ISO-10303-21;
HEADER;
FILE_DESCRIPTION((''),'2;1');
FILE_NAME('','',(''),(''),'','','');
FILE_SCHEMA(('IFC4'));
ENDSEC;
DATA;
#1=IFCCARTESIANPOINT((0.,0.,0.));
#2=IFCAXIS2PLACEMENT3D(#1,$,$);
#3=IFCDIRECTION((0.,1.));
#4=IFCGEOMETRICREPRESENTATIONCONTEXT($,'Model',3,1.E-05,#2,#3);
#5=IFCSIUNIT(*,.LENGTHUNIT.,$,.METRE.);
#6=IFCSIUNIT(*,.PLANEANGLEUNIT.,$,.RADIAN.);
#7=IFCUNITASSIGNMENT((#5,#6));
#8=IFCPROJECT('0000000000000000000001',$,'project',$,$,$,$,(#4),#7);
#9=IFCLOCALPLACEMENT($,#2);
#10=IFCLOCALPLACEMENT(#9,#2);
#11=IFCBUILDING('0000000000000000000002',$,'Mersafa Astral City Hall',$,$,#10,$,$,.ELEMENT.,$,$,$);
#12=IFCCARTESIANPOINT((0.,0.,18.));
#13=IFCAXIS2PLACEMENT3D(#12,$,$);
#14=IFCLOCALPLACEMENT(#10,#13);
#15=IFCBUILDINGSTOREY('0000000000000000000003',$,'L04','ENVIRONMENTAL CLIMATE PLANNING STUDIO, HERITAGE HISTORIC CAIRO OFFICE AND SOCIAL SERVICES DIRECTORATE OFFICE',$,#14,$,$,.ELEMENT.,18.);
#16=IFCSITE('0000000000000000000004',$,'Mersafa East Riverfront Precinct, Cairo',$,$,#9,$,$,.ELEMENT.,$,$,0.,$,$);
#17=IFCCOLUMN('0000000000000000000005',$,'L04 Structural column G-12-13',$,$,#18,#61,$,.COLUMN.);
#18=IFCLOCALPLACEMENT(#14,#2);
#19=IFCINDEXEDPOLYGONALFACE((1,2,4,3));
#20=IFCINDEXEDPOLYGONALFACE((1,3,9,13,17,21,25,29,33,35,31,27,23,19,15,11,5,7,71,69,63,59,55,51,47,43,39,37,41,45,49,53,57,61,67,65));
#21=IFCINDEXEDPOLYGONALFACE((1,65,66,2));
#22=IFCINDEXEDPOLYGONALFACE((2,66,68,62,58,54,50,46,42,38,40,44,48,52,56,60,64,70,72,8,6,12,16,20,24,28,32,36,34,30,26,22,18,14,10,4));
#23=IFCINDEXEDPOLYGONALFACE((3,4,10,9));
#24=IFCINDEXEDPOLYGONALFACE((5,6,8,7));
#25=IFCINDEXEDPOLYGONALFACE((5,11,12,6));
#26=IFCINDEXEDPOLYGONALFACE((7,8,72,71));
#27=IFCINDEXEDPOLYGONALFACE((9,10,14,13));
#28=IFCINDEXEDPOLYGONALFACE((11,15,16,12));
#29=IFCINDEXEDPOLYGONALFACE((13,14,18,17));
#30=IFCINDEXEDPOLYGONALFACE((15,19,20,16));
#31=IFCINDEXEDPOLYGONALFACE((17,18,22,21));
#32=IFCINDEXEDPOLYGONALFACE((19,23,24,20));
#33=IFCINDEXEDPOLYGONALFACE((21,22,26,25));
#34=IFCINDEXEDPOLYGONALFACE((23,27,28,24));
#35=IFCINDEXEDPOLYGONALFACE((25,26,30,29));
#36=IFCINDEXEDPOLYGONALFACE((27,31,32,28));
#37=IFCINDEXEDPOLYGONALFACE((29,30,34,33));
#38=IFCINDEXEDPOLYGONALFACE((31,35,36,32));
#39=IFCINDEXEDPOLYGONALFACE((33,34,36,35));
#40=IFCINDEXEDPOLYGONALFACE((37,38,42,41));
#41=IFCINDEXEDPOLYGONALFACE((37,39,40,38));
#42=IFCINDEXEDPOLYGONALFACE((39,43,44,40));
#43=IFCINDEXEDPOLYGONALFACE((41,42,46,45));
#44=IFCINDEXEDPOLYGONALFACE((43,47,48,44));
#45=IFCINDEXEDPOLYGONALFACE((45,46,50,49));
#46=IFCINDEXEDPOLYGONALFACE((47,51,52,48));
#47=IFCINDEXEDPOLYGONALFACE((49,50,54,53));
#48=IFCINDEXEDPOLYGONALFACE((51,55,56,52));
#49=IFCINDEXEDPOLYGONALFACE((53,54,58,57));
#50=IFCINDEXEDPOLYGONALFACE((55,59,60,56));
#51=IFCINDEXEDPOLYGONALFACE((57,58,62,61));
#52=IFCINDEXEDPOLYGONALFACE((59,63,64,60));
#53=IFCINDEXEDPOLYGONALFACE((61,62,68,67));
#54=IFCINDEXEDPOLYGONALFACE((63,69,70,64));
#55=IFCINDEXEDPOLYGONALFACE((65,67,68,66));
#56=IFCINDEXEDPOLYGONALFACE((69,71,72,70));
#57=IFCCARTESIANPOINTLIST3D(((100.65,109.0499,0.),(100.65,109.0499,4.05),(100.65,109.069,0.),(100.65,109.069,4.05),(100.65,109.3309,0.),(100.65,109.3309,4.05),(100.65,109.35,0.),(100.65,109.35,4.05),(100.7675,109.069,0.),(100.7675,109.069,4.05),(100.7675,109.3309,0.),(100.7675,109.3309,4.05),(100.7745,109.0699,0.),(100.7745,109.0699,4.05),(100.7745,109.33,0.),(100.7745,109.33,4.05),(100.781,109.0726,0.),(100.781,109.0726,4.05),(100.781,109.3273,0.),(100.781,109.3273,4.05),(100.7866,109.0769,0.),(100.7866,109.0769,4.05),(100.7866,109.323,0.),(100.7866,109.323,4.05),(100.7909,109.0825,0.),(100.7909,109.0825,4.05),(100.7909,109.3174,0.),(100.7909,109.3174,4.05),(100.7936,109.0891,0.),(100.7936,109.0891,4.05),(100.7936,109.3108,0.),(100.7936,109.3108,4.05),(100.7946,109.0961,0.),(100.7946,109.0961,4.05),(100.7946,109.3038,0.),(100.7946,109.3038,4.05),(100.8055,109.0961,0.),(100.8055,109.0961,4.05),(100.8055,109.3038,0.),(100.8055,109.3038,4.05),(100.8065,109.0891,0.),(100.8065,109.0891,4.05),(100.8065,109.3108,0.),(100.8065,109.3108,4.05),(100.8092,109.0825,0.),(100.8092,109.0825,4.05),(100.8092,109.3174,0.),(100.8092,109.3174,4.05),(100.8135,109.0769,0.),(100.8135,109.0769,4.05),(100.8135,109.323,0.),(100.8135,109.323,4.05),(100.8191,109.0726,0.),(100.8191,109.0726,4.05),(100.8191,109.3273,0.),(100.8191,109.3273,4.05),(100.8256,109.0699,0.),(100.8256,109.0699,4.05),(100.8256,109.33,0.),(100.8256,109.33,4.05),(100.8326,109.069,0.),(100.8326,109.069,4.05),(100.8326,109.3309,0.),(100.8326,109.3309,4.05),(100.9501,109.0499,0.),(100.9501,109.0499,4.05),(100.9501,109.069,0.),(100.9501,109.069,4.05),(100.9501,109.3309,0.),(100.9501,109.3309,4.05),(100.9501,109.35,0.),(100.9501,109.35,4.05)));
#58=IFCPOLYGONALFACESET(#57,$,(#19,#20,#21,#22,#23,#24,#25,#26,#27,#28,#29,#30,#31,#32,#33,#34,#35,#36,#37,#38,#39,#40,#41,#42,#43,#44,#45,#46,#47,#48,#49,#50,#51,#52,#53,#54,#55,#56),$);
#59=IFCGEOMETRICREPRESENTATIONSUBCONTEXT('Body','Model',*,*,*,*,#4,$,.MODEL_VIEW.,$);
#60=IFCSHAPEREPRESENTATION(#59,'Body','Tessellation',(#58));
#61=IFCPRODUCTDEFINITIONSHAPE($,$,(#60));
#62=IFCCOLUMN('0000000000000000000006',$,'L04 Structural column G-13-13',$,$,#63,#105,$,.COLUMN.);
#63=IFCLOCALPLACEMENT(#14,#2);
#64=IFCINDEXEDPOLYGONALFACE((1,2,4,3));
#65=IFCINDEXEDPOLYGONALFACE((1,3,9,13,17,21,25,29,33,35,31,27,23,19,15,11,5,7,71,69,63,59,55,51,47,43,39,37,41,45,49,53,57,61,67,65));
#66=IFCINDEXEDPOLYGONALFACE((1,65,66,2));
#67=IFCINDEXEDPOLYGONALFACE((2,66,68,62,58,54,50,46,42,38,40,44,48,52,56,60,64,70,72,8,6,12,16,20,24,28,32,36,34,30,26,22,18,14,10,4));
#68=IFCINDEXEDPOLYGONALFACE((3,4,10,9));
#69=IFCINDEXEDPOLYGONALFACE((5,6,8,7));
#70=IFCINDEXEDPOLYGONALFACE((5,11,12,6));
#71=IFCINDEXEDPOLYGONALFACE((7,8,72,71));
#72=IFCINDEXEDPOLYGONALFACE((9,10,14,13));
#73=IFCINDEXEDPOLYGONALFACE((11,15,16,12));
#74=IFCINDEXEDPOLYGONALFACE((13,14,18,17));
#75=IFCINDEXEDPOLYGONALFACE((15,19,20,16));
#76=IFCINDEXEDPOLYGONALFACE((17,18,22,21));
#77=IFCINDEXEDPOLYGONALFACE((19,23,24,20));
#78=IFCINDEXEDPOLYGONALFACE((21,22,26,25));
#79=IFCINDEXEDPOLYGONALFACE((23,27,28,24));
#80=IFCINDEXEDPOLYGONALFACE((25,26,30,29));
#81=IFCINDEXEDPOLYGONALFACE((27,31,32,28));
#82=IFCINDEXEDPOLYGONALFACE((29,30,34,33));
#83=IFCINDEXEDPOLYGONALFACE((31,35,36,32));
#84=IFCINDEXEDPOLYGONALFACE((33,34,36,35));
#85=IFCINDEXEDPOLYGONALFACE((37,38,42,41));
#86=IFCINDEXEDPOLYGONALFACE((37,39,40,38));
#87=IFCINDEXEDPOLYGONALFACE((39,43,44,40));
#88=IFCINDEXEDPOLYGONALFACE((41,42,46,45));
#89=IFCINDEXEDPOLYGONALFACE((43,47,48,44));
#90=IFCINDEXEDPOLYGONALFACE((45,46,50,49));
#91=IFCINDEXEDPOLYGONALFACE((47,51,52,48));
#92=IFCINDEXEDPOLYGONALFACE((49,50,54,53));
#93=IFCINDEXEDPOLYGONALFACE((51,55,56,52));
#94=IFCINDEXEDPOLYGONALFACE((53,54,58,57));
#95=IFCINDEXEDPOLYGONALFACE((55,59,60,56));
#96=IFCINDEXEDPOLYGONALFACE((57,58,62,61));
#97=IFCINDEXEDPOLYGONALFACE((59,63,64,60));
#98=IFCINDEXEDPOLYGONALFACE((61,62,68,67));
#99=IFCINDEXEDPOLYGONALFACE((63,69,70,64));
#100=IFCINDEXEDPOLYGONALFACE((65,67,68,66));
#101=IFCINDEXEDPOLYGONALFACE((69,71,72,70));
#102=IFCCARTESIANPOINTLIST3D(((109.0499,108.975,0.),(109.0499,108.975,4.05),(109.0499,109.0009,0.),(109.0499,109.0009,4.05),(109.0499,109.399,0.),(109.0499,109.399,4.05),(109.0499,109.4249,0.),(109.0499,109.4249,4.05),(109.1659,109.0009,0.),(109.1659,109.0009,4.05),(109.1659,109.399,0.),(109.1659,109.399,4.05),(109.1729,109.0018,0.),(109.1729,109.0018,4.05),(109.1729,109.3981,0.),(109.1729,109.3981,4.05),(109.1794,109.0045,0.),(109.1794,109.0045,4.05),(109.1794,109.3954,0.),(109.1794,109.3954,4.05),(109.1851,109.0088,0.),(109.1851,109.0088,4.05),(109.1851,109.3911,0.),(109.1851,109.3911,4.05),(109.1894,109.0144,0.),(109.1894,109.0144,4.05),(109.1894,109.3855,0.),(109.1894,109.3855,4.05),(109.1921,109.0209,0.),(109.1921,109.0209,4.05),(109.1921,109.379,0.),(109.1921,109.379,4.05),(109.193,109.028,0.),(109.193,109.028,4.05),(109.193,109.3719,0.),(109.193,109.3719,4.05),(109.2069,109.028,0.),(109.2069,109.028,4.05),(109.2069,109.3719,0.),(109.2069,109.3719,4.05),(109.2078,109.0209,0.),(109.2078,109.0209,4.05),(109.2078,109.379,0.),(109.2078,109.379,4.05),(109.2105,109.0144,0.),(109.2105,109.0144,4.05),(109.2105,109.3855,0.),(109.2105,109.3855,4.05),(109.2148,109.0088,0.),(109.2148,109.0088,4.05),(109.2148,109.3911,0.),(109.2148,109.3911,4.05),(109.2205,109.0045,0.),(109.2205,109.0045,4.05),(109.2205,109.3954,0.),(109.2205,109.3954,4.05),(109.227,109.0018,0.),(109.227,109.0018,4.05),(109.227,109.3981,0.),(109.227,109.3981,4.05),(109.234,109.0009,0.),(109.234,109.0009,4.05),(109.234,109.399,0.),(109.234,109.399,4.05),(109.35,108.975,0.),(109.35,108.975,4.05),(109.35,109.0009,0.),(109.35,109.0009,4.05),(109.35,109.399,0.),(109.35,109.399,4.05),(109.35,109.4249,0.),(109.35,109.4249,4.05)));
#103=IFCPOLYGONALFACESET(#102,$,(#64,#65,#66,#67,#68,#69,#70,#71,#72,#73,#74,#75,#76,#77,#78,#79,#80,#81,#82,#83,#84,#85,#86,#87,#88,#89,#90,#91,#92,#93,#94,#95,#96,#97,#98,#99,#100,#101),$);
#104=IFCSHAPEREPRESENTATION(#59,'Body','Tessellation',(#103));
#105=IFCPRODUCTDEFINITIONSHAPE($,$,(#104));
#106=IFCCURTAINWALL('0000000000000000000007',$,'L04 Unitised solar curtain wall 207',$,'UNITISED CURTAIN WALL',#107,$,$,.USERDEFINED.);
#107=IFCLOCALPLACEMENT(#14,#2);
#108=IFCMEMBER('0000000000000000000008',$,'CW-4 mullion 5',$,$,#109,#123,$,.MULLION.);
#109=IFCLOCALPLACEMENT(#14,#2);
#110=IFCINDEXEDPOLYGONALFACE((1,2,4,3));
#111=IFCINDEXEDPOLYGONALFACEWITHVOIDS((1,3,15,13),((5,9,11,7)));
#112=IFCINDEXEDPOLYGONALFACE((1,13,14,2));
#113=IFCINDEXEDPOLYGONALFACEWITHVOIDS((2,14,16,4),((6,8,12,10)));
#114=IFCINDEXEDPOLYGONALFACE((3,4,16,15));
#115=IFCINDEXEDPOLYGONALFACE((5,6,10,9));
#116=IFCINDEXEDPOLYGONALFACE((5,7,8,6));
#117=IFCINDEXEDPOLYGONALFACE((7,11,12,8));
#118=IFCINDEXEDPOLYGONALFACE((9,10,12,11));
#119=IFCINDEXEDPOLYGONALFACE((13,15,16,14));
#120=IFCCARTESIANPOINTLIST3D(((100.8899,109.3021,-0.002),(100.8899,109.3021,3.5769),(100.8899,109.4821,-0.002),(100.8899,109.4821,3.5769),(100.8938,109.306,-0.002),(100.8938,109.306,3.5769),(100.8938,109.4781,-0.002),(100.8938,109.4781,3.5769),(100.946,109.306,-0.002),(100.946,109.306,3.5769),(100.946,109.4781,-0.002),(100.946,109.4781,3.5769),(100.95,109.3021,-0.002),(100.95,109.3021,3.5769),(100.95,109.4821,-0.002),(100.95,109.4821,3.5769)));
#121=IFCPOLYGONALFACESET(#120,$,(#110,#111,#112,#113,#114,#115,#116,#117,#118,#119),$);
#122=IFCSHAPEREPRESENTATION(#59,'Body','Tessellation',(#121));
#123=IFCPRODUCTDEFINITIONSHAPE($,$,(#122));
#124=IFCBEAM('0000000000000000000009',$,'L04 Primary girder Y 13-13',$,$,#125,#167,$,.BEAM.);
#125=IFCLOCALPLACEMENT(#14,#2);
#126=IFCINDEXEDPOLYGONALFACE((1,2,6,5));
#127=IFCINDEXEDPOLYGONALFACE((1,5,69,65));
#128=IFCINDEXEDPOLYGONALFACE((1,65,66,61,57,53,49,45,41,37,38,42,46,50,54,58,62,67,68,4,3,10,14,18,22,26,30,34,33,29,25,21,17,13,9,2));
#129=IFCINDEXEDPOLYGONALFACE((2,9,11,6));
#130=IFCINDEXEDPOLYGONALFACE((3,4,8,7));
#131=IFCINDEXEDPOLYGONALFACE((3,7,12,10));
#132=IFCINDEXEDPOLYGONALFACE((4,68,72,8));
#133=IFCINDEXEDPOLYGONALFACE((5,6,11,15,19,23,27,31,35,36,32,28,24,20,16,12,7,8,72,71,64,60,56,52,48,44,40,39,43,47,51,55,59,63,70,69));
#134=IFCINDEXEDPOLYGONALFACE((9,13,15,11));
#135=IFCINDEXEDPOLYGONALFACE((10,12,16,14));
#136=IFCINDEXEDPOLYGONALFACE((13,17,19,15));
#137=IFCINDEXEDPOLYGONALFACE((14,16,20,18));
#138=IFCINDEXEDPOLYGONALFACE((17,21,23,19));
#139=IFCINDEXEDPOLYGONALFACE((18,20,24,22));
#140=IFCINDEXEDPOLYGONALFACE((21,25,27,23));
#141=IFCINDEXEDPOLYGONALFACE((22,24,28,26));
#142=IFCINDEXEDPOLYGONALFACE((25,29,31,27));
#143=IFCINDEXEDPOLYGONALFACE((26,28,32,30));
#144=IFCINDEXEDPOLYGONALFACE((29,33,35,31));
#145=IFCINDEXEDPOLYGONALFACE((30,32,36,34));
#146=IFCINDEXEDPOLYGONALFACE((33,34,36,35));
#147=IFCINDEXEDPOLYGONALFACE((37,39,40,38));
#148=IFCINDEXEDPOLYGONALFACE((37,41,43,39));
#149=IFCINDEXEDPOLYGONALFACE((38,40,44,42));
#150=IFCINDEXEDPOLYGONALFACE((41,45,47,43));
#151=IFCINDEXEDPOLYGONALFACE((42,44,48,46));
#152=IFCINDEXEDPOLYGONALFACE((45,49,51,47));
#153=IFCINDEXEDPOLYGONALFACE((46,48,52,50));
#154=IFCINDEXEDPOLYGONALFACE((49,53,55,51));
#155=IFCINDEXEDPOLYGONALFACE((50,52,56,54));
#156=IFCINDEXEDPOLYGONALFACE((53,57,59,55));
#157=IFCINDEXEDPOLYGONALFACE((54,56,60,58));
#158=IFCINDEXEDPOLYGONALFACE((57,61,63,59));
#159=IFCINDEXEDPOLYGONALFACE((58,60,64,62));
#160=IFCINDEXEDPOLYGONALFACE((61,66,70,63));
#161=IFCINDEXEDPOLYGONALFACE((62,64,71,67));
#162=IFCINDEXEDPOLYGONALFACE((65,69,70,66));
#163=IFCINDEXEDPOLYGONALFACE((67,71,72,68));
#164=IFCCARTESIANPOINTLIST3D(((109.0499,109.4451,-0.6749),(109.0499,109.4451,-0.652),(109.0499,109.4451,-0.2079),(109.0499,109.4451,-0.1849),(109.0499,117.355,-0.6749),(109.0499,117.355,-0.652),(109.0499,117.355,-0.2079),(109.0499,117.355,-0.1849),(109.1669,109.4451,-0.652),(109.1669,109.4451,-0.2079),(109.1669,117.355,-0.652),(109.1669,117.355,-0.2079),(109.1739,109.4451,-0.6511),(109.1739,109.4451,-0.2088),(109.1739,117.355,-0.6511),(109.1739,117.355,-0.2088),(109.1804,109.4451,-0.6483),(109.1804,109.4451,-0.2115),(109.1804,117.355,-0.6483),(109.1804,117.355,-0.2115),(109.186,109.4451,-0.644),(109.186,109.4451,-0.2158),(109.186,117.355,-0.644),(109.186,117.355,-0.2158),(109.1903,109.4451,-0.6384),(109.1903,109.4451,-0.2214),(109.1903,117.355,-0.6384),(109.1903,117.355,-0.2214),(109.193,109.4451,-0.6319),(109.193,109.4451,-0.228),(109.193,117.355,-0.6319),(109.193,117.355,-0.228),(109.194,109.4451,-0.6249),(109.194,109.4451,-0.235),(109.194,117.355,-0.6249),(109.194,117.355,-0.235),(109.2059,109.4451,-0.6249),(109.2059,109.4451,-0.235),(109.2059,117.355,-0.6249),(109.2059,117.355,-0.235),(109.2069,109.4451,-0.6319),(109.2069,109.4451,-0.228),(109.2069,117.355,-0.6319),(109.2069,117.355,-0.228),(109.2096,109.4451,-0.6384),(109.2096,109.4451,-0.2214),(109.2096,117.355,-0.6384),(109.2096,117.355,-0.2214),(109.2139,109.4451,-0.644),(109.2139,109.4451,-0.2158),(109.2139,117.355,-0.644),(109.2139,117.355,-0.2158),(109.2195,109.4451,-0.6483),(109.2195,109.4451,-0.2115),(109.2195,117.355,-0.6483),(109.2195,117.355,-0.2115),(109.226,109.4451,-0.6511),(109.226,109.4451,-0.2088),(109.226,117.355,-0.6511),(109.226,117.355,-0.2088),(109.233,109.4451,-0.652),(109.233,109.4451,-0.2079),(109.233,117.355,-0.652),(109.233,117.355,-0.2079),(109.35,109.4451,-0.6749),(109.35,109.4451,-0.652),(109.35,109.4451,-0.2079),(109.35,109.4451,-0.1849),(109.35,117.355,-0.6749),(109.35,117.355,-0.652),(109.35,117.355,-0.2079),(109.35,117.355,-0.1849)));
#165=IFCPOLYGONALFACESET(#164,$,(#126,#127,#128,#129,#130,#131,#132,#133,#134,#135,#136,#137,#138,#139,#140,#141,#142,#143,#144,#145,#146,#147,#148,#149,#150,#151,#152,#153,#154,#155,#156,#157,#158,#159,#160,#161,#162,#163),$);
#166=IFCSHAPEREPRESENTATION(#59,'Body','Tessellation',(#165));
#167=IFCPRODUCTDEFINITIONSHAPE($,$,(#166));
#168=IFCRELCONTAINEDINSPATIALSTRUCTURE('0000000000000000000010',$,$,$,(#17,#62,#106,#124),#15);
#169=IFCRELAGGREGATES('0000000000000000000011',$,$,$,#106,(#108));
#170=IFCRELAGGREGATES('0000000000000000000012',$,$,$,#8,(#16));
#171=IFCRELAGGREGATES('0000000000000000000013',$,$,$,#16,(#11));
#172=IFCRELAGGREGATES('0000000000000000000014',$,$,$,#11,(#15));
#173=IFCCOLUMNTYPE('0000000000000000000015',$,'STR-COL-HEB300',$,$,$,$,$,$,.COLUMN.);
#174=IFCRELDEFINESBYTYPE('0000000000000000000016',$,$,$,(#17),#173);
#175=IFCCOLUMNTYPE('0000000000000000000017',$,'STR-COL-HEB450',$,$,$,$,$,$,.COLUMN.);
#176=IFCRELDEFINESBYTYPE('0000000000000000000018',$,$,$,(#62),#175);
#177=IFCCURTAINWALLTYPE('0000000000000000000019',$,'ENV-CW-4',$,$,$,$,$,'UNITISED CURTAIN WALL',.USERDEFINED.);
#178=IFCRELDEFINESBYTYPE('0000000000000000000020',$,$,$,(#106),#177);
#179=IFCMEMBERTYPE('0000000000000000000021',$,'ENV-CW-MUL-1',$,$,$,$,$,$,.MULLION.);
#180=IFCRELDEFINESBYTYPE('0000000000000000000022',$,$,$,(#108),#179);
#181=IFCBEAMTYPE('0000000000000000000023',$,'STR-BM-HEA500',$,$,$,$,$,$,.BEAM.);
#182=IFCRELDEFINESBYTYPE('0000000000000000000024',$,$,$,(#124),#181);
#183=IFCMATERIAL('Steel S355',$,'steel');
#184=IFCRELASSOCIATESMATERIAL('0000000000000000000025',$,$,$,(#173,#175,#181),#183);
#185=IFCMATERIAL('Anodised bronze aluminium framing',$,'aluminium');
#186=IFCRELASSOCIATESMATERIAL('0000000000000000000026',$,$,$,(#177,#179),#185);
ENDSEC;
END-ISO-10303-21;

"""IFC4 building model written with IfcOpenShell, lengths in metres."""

from ifc_helpers import new_model, si_unit, direction, frame, origin, origin_2d, place, context, subcontext, project, spatial, hollow_rectangle, i_section, extrude, material, material_profile, profile_set, type_object, element, aggregate, save


model = new_model("IFC4")

# Units and contexts
model_context = context("Model", 3, precision=1e-05, world=origin(), true_north=direction((0.0, 1.0)))
body_context = subcontext(model_context, "Body", "Model", "MODEL_VIEW")
ifc_project = project(units=[si_unit("LENGTHUNIT", "METRE"), si_unit("PLANEANGLEUNIT", "RADIAN")], contexts=[model_context])

# Site, building, storey
site_placement = place(None, origin())
site = spatial("IfcSite", under=ifc_project, at=site_placement, Name="Mersafa East Riverfront Precinct, Cairo", CompositionType="ELEMENT", RefElevation=0.0)
building_placement = place(site_placement, origin())
building = spatial("IfcBuilding", under=site, at=building_placement, Name="Mersafa Astral City Hall", CompositionType="ELEMENT")
storey_placement = place(building_placement, frame((0.0, 0.0, 18.0)))
storey = spatial("IfcBuildingStorey", under=building, at=storey_placement, Name="L04", Description="ENVIRONMENTAL CLIMATE PLANNING STUDIO, HERITAGE HISTORIC CAIRO OFFICE AND SOCIAL SERVICES DIRECTORATE OFFICE", CompositionType="ELEMENT", Elevation=18.0)

# Columns
ifc_material_1 = material(Name="Steel S355", Category="steel")
ifc_material_profile_1 = material_profile(ifc_material_1, i_section(OverallWidth=0.3, OverallDepth=0.3, WebThickness=0.011, FlangeThickness=0.019, FilletRadius=0.0271, at=origin_2d()), Name="HEB 300")
ifc_profile_set_1 = profile_set([ifc_material_profile_1], Name="Steel S355")
column_type_1 = type_object("IfcColumnType", Name="STR-COL-HEB300", PredefinedType="COLUMN", material=ifc_profile_set_1)
column_1_placement = place(storey_placement, frame((100.8, 109.2, 0.0), z_axis=(0.0, 0.0, 1.0), x_axis=(1.0, 0.0, 0.0)))
element("IfcColumn", 1, at=column_1_placement, inside=storey, type_object=column_type_1, Name="L04 Structural column G-12-13", PredefinedType="COLUMN", context=body_context, shape_type="SweptSolid", body=[
    extrude(i_section(OverallWidth=0.3, OverallDepth=0.3, WebThickness=0.011, FlangeThickness=0.019, FilletRadius=0.0271, at=origin_2d()), origin(), (0.0, 0.0, 1.0), 4.05),
])
ifc_material_profile_2 = material_profile(ifc_material_1, i_section(OverallWidth=0.3, OverallDepth=0.45, WebThickness=0.0139, FlangeThickness=0.0259, FilletRadius=0.0271, at=origin_2d()), Name="HEB 450")
ifc_profile_set_2 = profile_set([ifc_material_profile_2], Name="Steel S355")
column_type_2 = type_object("IfcColumnType", Name="STR-COL-HEB450", PredefinedType="COLUMN", material=ifc_profile_set_2)
column_2_placement = place(storey_placement, frame((109.2, 109.2, 0.0), z_axis=(0.0, 0.0, 1.0), x_axis=(1.0, 0.0, 0.0)))
element("IfcColumn", 2, at=column_2_placement, inside=storey, type_object=column_type_2, Name="L04 Structural column G-13-13", PredefinedType="COLUMN", context=body_context, shape_type="SweptSolid", body=[
    extrude(i_section(OverallWidth=0.3, OverallDepth=0.45, WebThickness=0.0139, FlangeThickness=0.0259, FilletRadius=0.0271, at=origin_2d()), origin(), (0.0, 0.0, 1.0), 4.05),
])

# Curtain wall, member
ifc_material_2 = material(Name="Anodised bronze aluminium framing", Category="aluminium")
curtain_wall_type = type_object("IfcCurtainWallType", Name="ENV-CW-4", ElementType="UNITISED CURTAIN WALL", PredefinedType="USERDEFINED", material=ifc_material_2)
curtain_wall_placement = place(storey_placement, origin())
curtain_wall = element("IfcCurtainWall", 3, at=curtain_wall_placement, inside=storey, type_object=curtain_wall_type, Name="L04 Unitised solar curtain wall 207", ObjectType="UNITISED CURTAIN WALL", PredefinedType="USERDEFINED")
ifc_material_profile_3 = material_profile(ifc_material_2, hollow_rectangle(XDim=0.0601, YDim=0.1799, WallThickness=0.0039, at=origin_2d()), Name="RHS 60x180x4")
ifc_profile_set_3 = profile_set([ifc_material_profile_3], Name="Anodised bronze aluminium framing")
member_type = type_object("IfcMemberType", Name="ENV-CW-MUL-1", PredefinedType="MULLION", material=ifc_profile_set_3)
member_placement = place(storey_placement, frame((100.9199, 109.3921, -0.002), z_axis=(0.0, 0.0, 1.0), x_axis=(1.0, 0.0, 0.0)))
member = element("IfcMember", 4, at=member_placement, type_object=member_type, Name="CW-4 mullion 5", PredefinedType="MULLION", context=body_context, shape_type="SweptSolid", body=[
    extrude(hollow_rectangle(XDim=0.0601, YDim=0.1799, WallThickness=0.0039, at=origin_2d()), origin(), (0.0, 0.0, 1.0), 3.5789),
])

# Beam
ifc_material_profile_4 = material_profile(ifc_material_1, i_section(OverallWidth=0.3, OverallDepth=0.49, WebThickness=0.012, FlangeThickness=0.0229, FilletRadius=0.0271, at=origin_2d()), Name="HEA 500")
ifc_profile_set_4 = profile_set([ifc_material_profile_4], Name="Steel S355")
beam_type_1 = type_object("IfcBeamType", Name="STR-BM-HEA500", PredefinedType="BEAM", material=ifc_profile_set_4)
beam_1_placement = place(storey_placement, frame((109.2, 109.4451, -0.4299), z_axis=(0.0, 1.0, 0.0), x_axis=(-1.0, 0.0, 0.0)))
element("IfcBeam", 5, at=beam_1_placement, inside=storey, type_object=beam_type_1, Name="L04 Primary girder Y 13-13", PredefinedType="BEAM", context=body_context, shape_type="SweptSolid", body=[
    extrude(i_section(OverallWidth=0.3, OverallDepth=0.49, WebThickness=0.012, FlangeThickness=0.0229, FilletRadius=0.0271, at=origin_2d()), origin(), (0.0, 0.0, 1.0), 7.9099),
])

aggregate(curtain_wall, [member])

save(model, "model.ifc")
